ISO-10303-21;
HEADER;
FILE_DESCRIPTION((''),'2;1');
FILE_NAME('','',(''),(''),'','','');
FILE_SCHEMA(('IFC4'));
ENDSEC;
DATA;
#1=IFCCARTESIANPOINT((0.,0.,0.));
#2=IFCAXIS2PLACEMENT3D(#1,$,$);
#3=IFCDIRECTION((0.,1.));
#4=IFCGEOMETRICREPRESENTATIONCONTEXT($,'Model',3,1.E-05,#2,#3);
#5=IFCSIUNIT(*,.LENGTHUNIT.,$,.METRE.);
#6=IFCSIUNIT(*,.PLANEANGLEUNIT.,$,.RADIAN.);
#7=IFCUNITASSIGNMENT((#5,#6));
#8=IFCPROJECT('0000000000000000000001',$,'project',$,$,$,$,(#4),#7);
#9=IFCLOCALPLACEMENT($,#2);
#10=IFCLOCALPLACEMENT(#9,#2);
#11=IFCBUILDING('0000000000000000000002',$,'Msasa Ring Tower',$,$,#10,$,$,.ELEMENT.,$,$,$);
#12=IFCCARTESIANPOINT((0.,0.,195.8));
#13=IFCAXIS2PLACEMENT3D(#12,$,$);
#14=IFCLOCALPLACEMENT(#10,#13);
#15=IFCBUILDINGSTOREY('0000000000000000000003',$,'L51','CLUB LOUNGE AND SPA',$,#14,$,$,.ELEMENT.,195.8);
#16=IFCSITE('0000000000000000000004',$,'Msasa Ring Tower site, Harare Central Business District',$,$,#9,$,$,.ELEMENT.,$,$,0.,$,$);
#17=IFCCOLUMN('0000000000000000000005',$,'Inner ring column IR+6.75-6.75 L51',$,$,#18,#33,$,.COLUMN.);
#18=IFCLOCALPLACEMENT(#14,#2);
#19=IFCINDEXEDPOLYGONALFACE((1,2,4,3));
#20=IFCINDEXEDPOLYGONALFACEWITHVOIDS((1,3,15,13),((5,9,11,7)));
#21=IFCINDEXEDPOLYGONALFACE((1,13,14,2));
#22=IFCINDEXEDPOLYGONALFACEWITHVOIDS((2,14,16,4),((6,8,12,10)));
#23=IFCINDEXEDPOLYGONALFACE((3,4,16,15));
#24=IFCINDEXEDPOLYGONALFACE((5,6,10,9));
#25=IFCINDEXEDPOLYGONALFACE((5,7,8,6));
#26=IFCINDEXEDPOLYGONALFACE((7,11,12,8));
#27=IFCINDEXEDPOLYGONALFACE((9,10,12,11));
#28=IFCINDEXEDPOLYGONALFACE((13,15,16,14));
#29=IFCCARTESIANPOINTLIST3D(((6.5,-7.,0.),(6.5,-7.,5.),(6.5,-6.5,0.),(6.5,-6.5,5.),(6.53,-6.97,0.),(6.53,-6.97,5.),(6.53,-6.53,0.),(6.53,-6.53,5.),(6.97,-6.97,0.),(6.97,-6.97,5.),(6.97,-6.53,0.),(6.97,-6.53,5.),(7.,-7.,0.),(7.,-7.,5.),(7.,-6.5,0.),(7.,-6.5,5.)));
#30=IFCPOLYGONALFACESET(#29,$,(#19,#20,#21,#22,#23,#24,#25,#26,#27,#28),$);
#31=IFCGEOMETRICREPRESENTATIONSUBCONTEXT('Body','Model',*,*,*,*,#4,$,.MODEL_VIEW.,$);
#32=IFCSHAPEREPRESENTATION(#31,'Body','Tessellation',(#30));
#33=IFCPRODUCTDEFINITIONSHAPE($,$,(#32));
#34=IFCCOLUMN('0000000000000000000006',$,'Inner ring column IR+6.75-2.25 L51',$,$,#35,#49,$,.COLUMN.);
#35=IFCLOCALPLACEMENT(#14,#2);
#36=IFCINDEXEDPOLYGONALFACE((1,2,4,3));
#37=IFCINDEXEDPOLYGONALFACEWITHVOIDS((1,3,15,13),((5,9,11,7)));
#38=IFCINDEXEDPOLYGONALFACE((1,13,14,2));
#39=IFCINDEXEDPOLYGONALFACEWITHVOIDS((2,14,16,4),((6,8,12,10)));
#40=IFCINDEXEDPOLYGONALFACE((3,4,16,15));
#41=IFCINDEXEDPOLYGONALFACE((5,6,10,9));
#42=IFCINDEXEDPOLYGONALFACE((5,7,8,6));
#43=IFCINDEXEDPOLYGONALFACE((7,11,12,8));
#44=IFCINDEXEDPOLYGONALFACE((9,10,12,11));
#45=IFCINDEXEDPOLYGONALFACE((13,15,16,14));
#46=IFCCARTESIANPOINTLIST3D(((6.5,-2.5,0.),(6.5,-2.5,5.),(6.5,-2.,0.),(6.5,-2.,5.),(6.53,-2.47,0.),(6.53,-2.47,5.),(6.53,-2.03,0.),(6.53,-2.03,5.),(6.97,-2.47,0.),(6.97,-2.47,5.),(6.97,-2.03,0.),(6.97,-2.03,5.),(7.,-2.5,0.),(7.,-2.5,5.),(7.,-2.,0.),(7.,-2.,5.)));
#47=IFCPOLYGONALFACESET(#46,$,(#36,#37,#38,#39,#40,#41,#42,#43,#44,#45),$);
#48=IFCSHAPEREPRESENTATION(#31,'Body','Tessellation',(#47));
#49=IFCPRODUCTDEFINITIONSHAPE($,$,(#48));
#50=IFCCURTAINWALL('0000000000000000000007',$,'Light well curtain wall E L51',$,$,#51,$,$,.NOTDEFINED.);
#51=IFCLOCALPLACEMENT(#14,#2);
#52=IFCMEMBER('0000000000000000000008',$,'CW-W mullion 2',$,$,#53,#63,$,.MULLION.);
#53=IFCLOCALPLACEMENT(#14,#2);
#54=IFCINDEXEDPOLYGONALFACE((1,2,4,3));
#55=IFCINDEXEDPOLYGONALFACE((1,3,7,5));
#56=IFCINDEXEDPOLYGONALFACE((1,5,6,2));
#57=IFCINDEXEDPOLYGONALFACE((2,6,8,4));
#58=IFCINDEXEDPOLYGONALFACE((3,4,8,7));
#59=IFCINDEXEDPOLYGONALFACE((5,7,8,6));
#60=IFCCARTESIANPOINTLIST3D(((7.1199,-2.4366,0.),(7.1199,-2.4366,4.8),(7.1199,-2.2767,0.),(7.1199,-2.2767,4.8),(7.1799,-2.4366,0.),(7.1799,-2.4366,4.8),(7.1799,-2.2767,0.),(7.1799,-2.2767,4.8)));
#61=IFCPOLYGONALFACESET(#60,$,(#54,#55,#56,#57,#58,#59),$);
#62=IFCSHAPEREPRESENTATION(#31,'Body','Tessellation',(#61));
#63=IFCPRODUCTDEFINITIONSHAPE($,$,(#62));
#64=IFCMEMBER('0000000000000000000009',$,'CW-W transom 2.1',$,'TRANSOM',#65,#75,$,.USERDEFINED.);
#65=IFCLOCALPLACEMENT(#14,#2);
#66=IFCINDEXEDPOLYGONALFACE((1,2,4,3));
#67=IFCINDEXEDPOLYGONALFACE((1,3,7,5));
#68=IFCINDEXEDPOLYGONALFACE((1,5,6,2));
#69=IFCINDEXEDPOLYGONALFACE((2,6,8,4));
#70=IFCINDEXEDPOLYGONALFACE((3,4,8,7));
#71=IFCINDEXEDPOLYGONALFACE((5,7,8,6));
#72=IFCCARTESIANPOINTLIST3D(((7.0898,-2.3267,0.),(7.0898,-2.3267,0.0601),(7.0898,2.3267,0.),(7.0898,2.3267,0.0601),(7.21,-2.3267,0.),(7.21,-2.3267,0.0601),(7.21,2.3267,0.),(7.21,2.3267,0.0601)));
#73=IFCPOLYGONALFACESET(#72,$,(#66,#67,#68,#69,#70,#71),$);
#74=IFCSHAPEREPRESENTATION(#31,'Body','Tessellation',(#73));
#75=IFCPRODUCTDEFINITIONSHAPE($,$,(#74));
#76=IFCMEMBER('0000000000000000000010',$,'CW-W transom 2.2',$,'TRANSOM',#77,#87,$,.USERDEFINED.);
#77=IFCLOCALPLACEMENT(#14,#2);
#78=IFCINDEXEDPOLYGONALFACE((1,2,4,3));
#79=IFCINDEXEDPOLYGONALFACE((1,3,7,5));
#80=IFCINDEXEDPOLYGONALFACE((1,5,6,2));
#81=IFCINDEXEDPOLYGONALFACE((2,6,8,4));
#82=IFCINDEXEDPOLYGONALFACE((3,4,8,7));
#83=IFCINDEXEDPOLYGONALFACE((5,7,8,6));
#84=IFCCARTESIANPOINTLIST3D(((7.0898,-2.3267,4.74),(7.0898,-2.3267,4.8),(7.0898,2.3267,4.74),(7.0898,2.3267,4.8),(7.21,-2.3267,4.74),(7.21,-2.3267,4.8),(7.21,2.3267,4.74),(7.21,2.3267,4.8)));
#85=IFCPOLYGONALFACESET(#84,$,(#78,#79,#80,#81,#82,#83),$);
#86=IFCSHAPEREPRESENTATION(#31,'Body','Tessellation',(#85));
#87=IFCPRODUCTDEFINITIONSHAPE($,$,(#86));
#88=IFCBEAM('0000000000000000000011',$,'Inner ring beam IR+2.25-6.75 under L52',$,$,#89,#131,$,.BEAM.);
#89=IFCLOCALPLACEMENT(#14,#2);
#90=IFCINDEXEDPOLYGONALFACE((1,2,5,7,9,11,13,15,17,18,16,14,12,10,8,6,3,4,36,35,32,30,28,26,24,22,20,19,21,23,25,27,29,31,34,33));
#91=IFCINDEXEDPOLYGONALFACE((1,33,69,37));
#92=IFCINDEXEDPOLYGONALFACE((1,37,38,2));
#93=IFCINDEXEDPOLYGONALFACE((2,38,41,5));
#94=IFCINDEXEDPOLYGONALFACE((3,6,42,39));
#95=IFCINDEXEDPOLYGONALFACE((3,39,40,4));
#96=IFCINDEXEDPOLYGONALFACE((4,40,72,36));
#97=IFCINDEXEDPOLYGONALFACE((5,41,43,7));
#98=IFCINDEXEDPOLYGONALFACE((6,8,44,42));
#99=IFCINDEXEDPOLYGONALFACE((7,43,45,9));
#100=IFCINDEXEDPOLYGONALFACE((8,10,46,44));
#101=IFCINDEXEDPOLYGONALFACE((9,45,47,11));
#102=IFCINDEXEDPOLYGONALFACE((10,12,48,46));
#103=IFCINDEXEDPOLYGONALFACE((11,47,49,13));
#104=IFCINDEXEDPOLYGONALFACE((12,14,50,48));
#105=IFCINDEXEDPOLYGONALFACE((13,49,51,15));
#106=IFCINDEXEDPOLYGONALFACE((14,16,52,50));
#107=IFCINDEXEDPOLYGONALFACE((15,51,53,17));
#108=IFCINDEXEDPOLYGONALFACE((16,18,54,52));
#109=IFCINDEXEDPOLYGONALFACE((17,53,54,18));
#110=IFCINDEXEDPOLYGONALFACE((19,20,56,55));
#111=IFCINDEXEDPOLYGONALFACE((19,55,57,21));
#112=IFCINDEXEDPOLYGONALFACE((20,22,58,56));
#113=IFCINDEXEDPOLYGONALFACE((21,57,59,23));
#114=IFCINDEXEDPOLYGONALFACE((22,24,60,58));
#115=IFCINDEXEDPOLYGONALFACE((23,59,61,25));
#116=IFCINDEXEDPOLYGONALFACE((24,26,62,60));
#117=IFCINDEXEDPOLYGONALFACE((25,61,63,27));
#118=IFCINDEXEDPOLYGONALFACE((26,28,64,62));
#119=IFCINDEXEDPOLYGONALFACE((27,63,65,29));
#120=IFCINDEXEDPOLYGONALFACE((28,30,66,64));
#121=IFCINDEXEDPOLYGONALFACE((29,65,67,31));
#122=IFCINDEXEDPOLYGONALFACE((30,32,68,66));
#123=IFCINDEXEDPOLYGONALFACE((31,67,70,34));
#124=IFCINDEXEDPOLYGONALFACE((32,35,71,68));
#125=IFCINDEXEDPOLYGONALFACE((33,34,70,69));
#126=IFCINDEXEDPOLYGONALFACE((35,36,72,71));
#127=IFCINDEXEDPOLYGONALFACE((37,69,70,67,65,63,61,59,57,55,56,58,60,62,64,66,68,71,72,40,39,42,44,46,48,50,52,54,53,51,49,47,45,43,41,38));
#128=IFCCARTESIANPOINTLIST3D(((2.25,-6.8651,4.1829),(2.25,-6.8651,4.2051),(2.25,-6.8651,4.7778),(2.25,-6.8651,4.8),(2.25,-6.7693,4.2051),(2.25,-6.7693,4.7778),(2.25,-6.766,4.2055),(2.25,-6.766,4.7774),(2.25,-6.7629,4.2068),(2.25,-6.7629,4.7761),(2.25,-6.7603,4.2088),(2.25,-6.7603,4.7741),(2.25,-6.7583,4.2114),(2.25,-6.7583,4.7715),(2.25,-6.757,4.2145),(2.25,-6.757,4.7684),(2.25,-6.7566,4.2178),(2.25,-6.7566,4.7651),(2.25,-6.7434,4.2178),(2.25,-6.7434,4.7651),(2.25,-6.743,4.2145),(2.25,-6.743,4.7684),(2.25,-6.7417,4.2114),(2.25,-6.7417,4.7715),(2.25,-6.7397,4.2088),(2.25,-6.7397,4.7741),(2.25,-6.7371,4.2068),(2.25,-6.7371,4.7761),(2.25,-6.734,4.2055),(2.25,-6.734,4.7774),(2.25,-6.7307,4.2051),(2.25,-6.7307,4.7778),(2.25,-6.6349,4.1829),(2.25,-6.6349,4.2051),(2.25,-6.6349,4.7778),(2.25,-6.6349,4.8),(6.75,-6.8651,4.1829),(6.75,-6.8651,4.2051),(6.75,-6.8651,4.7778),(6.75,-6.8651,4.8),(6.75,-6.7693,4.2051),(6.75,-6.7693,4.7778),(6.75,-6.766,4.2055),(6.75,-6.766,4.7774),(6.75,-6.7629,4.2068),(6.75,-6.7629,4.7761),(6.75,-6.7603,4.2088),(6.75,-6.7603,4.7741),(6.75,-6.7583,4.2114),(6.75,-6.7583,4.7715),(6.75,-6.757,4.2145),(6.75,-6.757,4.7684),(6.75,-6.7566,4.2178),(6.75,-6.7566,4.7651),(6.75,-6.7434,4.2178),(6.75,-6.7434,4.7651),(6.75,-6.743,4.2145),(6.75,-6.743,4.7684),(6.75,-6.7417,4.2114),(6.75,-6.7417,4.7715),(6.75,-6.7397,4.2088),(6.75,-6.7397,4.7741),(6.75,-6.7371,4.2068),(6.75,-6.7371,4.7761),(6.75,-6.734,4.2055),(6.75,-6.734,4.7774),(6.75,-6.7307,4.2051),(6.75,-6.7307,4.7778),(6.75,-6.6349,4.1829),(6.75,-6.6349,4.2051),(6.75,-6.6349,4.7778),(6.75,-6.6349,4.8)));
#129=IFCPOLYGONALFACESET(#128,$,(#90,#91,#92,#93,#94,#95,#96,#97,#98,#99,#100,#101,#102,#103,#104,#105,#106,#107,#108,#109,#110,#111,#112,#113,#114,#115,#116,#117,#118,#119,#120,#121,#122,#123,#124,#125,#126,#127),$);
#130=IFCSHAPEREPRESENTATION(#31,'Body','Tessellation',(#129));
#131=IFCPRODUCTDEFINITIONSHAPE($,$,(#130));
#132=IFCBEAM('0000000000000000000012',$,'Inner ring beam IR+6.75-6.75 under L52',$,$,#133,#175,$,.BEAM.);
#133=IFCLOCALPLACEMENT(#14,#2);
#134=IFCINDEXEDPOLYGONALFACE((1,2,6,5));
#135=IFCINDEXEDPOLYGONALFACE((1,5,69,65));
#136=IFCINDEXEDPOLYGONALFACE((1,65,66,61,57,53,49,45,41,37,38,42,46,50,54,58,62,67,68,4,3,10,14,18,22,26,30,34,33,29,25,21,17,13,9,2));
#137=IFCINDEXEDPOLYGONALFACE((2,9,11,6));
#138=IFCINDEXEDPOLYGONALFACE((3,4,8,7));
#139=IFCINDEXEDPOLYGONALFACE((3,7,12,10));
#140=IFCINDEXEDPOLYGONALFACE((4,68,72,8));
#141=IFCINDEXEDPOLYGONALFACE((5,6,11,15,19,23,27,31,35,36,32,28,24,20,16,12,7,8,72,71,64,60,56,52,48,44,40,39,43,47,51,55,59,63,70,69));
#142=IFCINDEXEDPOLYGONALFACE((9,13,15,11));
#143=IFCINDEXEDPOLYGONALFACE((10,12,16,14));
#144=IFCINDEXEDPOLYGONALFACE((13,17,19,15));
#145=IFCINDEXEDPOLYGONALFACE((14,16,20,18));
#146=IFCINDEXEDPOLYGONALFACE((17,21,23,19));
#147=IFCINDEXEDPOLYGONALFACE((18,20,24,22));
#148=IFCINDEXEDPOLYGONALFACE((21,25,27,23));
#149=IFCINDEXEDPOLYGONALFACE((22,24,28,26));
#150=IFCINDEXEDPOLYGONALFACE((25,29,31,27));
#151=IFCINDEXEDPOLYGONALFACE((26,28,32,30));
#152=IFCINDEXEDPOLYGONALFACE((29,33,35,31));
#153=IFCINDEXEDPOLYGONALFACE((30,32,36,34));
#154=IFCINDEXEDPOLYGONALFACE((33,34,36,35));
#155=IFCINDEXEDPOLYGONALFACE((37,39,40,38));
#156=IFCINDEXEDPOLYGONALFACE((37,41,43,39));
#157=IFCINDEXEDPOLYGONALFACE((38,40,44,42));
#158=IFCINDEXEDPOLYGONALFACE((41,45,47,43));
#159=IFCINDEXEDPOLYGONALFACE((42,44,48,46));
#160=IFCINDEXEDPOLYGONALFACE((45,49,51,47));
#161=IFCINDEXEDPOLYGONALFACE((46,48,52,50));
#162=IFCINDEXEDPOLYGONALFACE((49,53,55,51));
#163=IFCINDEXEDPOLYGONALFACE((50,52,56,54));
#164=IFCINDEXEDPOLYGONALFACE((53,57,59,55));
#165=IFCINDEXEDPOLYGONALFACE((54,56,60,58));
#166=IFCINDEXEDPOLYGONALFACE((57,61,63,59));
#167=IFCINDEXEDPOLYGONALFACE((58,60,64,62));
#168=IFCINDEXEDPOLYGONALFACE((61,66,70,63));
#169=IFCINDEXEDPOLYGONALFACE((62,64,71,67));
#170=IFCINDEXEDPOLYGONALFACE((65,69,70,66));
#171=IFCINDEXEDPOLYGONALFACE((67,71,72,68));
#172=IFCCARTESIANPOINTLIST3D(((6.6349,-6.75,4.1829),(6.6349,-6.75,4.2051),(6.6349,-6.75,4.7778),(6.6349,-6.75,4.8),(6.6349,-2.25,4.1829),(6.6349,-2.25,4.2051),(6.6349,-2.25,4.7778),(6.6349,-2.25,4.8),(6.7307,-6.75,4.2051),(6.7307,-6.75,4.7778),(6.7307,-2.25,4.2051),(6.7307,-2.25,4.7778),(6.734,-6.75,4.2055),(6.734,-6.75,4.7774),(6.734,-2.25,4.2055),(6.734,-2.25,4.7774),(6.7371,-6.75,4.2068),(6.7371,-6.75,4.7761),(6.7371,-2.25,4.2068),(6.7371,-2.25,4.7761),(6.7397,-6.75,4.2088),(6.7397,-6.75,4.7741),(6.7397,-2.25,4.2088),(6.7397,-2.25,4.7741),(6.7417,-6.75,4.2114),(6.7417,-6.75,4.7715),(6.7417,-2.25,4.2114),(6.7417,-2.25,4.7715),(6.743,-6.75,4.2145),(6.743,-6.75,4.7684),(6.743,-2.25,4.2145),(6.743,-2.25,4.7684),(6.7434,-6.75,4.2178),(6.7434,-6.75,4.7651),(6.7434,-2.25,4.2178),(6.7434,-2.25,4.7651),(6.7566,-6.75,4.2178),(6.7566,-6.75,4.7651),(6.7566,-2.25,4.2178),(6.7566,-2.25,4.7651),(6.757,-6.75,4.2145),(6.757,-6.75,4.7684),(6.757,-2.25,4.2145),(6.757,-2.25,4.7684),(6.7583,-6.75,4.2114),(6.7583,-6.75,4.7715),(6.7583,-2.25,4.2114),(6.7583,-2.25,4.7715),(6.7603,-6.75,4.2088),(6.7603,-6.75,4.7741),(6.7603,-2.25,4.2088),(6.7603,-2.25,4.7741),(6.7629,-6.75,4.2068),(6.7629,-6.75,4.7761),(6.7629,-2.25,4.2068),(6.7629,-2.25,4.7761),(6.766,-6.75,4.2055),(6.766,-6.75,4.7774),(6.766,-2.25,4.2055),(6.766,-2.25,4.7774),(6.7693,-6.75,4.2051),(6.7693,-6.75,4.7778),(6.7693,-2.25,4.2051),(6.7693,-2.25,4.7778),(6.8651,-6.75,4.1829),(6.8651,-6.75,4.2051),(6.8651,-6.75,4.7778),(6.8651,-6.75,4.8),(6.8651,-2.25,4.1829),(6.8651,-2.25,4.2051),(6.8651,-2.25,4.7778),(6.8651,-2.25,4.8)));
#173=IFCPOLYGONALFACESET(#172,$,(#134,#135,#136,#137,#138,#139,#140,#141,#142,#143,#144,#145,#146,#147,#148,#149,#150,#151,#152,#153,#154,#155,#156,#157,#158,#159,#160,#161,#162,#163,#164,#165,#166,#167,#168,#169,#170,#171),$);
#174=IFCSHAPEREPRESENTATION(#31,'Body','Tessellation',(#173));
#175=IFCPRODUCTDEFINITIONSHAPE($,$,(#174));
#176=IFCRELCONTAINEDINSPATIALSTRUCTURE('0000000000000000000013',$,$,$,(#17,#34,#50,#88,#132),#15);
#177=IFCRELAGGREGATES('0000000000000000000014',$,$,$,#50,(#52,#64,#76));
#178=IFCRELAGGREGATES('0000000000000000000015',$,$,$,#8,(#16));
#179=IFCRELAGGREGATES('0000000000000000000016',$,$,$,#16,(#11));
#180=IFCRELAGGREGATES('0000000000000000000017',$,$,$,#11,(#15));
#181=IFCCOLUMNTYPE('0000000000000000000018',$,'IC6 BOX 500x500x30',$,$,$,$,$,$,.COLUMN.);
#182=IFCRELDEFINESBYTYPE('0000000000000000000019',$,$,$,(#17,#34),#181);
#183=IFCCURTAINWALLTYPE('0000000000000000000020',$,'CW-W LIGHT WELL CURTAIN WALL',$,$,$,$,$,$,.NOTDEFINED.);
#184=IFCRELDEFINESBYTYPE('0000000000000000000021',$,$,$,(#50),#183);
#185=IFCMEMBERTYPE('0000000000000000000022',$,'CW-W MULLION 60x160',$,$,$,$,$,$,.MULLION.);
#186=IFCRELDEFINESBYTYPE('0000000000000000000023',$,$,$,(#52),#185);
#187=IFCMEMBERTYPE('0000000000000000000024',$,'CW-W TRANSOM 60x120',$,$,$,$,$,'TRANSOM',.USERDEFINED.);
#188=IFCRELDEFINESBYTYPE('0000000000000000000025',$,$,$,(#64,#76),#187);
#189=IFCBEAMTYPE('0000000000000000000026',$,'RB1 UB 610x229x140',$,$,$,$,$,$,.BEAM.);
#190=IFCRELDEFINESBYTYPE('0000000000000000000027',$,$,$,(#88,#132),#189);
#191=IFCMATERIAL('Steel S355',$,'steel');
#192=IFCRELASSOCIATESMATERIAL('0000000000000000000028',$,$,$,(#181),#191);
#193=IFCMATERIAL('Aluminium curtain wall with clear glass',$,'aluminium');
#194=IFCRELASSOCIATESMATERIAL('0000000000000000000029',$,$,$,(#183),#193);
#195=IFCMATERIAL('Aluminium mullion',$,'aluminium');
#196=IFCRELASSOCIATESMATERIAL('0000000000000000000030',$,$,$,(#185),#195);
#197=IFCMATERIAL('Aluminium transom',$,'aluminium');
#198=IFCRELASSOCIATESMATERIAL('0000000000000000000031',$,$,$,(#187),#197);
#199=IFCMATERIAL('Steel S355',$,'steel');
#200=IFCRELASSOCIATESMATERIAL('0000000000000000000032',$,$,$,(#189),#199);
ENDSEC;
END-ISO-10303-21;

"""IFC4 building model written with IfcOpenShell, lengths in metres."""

from ifc_helpers import new_model, si_unit, direction, frame, origin, origin_2d, place, context, subcontext, project, spatial, rectangle, hollow_rectangle, i_section, extrude, material, material_profile, profile_set, type_object, element, aggregate, save


model = new_model("IFC4")

# Units and contexts
model_context = context("Model", 3, precision=1e-05, world=origin(), true_north=direction((0.0, 1.0)))
body_context = subcontext(model_context, "Body", "Model", "MODEL_VIEW")
ifc_project = project(units=[si_unit("LENGTHUNIT", "METRE"), si_unit("PLANEANGLEUNIT", "RADIAN")], contexts=[model_context])

# Site, building, storey
site_placement = place(None, origin())
site = spatial("IfcSite", under=ifc_project, at=site_placement, Name="Msasa Ring Tower site, Harare Central Business District", CompositionType="ELEMENT", RefElevation=0.0)
building_placement = place(site_placement, origin())
building = spatial("IfcBuilding", under=site, at=building_placement, Name="Msasa Ring Tower", CompositionType="ELEMENT")
storey_placement = place(building_placement, frame((0.0, 0.0, 195.8)))
storey = spatial("IfcBuildingStorey", under=building, at=storey_placement, Name="L51", Description="CLUB LOUNGE AND SPA", CompositionType="ELEMENT", Elevation=195.8)

# Columns
ifc_material_1 = material(Name="Steel S355", Category="steel")
ifc_material_profile_1 = material_profile(ifc_material_1, hollow_rectangle(XDim=0.5, YDim=0.5, WallThickness=0.03, at=origin_2d()), Name="BOX 500x500x30")
ifc_profile_set_1 = profile_set([ifc_material_profile_1], Name="Steel S355")
column_type = type_object("IfcColumnType", Name="IC6 BOX 500x500x30", PredefinedType="COLUMN", material=ifc_profile_set_1)
for number, where, z_axis, x_axis, name in (
    (1, (6.75, -6.75, 0.0), (0.0, 0.0, 1.0), (1.0, 0.0, 0.0), "Inner ring column IR+6.75-6.75 L51"),
    (2, (6.75, -2.25, 0.0), (0.0, 0.0, 1.0), (1.0, 0.0, 0.0), "Inner ring column IR+6.75-2.25 L51"),
):
    element("IfcColumn", number, at=place(storey_placement, frame(where, z_axis=z_axis, x_axis=x_axis)), inside=storey, type_object=column_type, Name=name, PredefinedType="COLUMN", context=body_context, shape_type="SweptSolid", body=[
        extrude(hollow_rectangle(XDim=0.5, YDim=0.5, WallThickness=0.03, at=origin_2d()), origin(), (0.0, 0.0, 1.0), 5.0),
    ])

# Curtain wall, members
ifc_material_2 = material(Name="Aluminium curtain wall with clear glass", Category="aluminium")
curtain_wall_type = type_object("IfcCurtainWallType", Name="CW-W LIGHT WELL CURTAIN WALL", PredefinedType="NOTDEFINED", material=ifc_material_2)
curtain_wall_placement = place(storey_placement, origin())
curtain_wall = element("IfcCurtainWall", 3, at=curtain_wall_placement, inside=storey, type_object=curtain_wall_type, Name="Light well curtain wall E L51", PredefinedType="NOTDEFINED")
ifc_material_3 = material(Name="Aluminium mullion", Category="aluminium")
ifc_material_profile_2 = material_profile(ifc_material_3, rectangle(XDim=0.0601, YDim=0.1599, at=origin_2d()), Name="AL 60x160")
ifc_profile_set_2 = profile_set([ifc_material_profile_2], Name="Aluminium mullion")
member_type_1 = type_object("IfcMemberType", Name="CW-W MULLION 60x160", PredefinedType="MULLION", material=ifc_profile_set_2)
member_1_placement = place(storey_placement, frame((7.1499, -2.3567, 0.0), z_axis=(0.0, 0.0, 1.0), x_axis=(-1.0, 0.0, 0.0)))
member_1 = element("IfcMember", 4, at=member_1_placement, type_object=member_type_1, Name="CW-W mullion 2", PredefinedType="MULLION", context=body_context, shape_type="SweptSolid", body=[
    extrude(rectangle(XDim=0.0601, YDim=0.1599, at=origin_2d()), origin(), (0.0, 0.0, 1.0), 4.8),
])
ifc_material_4 = material(Name="Aluminium transom", Category="aluminium")
ifc_material_profile_3 = material_profile(ifc_material_4, rectangle(XDim=0.1201, YDim=0.0601, at=origin_2d()), Name="AL 60x120")
ifc_profile_set_3 = profile_set([ifc_material_profile_3], Name="Aluminium transom")
member_type_2 = type_object("IfcMemberType", Name="CW-W TRANSOM 60x120", ElementType="TRANSOM", PredefinedType="USERDEFINED", material=ifc_profile_set_3)
member_2_placement = place(storey_placement, frame((7.1499, -2.3267, 0.03), z_axis=(0.0, 1.0, 0.0), x_axis=(-1.0, 0.0, 0.0)))
member_2 = element("IfcMember", 5, at=member_2_placement, type_object=member_type_2, Name="CW-W transom 2.1", ObjectType="TRANSOM", PredefinedType="USERDEFINED", context=body_context, shape_type="SweptSolid", body=[
    extrude(rectangle(XDim=0.1201, YDim=0.0601, at=origin_2d()), origin(), (0.0, 0.0, 1.0), 4.6533),
])
member_3_placement = place(storey_placement, frame((7.1499, -2.3267, 4.77), z_axis=(0.0, 1.0, 0.0), x_axis=(-1.0, 0.0, 0.0)))
member_3 = element("IfcMember", 6, at=member_3_placement, type_object=member_type_2, Name="CW-W transom 2.2", ObjectType="TRANSOM", PredefinedType="USERDEFINED", context=body_context, shape_type="SweptSolid", body=[
    extrude(rectangle(XDim=0.1201, YDim=0.0601, at=origin_2d()), origin(), (0.0, 0.0, 1.0), 4.6533),
])

# Beams
ifc_material_5 = material(Name="Steel S355", Category="steel")
ifc_material_profile_4 = material_profile(ifc_material_5, i_section(OverallWidth=0.2302, OverallDepth=0.6172, WebThickness=0.0132, FlangeThickness=0.0222, FilletRadius=0.0127, at=origin_2d()), Name="UB 610x229x140")
ifc_profile_set_4 = profile_set([ifc_material_profile_4], Name="Steel S355")
beam_type = type_object("IfcBeamType", Name="RB1 UB 610x229x140", PredefinedType="BEAM", material=ifc_profile_set_4)
for number, where, z_axis, x_axis, name in (
    (7, (2.25, -6.75, 4.4915), (1.0, 0.0, 0.0), (0.0, 1.0, 0.0), "Inner ring beam IR+2.25-6.75 under L52"),
    (8, (6.75, -6.75, 4.4915), (0.0, 1.0, 0.0), (-1.0, 0.0, 0.0), "Inner ring beam IR+6.75-6.75 under L52"),
):
    element("IfcBeam", number, at=place(storey_placement, frame(where, z_axis=z_axis, x_axis=x_axis)), inside=storey, type_object=beam_type, Name=name, PredefinedType="BEAM", context=body_context, shape_type="SweptSolid", body=[
        extrude(i_section(OverallWidth=0.2302, OverallDepth=0.6172, WebThickness=0.0132, FlangeThickness=0.0222, FilletRadius=0.0127, at=origin_2d()), origin(), (0.0, 0.0, 1.0), 4.5),
    ])

aggregate(curtain_wall, [member_1, member_2, member_3])

save(model, "model.ifc")
